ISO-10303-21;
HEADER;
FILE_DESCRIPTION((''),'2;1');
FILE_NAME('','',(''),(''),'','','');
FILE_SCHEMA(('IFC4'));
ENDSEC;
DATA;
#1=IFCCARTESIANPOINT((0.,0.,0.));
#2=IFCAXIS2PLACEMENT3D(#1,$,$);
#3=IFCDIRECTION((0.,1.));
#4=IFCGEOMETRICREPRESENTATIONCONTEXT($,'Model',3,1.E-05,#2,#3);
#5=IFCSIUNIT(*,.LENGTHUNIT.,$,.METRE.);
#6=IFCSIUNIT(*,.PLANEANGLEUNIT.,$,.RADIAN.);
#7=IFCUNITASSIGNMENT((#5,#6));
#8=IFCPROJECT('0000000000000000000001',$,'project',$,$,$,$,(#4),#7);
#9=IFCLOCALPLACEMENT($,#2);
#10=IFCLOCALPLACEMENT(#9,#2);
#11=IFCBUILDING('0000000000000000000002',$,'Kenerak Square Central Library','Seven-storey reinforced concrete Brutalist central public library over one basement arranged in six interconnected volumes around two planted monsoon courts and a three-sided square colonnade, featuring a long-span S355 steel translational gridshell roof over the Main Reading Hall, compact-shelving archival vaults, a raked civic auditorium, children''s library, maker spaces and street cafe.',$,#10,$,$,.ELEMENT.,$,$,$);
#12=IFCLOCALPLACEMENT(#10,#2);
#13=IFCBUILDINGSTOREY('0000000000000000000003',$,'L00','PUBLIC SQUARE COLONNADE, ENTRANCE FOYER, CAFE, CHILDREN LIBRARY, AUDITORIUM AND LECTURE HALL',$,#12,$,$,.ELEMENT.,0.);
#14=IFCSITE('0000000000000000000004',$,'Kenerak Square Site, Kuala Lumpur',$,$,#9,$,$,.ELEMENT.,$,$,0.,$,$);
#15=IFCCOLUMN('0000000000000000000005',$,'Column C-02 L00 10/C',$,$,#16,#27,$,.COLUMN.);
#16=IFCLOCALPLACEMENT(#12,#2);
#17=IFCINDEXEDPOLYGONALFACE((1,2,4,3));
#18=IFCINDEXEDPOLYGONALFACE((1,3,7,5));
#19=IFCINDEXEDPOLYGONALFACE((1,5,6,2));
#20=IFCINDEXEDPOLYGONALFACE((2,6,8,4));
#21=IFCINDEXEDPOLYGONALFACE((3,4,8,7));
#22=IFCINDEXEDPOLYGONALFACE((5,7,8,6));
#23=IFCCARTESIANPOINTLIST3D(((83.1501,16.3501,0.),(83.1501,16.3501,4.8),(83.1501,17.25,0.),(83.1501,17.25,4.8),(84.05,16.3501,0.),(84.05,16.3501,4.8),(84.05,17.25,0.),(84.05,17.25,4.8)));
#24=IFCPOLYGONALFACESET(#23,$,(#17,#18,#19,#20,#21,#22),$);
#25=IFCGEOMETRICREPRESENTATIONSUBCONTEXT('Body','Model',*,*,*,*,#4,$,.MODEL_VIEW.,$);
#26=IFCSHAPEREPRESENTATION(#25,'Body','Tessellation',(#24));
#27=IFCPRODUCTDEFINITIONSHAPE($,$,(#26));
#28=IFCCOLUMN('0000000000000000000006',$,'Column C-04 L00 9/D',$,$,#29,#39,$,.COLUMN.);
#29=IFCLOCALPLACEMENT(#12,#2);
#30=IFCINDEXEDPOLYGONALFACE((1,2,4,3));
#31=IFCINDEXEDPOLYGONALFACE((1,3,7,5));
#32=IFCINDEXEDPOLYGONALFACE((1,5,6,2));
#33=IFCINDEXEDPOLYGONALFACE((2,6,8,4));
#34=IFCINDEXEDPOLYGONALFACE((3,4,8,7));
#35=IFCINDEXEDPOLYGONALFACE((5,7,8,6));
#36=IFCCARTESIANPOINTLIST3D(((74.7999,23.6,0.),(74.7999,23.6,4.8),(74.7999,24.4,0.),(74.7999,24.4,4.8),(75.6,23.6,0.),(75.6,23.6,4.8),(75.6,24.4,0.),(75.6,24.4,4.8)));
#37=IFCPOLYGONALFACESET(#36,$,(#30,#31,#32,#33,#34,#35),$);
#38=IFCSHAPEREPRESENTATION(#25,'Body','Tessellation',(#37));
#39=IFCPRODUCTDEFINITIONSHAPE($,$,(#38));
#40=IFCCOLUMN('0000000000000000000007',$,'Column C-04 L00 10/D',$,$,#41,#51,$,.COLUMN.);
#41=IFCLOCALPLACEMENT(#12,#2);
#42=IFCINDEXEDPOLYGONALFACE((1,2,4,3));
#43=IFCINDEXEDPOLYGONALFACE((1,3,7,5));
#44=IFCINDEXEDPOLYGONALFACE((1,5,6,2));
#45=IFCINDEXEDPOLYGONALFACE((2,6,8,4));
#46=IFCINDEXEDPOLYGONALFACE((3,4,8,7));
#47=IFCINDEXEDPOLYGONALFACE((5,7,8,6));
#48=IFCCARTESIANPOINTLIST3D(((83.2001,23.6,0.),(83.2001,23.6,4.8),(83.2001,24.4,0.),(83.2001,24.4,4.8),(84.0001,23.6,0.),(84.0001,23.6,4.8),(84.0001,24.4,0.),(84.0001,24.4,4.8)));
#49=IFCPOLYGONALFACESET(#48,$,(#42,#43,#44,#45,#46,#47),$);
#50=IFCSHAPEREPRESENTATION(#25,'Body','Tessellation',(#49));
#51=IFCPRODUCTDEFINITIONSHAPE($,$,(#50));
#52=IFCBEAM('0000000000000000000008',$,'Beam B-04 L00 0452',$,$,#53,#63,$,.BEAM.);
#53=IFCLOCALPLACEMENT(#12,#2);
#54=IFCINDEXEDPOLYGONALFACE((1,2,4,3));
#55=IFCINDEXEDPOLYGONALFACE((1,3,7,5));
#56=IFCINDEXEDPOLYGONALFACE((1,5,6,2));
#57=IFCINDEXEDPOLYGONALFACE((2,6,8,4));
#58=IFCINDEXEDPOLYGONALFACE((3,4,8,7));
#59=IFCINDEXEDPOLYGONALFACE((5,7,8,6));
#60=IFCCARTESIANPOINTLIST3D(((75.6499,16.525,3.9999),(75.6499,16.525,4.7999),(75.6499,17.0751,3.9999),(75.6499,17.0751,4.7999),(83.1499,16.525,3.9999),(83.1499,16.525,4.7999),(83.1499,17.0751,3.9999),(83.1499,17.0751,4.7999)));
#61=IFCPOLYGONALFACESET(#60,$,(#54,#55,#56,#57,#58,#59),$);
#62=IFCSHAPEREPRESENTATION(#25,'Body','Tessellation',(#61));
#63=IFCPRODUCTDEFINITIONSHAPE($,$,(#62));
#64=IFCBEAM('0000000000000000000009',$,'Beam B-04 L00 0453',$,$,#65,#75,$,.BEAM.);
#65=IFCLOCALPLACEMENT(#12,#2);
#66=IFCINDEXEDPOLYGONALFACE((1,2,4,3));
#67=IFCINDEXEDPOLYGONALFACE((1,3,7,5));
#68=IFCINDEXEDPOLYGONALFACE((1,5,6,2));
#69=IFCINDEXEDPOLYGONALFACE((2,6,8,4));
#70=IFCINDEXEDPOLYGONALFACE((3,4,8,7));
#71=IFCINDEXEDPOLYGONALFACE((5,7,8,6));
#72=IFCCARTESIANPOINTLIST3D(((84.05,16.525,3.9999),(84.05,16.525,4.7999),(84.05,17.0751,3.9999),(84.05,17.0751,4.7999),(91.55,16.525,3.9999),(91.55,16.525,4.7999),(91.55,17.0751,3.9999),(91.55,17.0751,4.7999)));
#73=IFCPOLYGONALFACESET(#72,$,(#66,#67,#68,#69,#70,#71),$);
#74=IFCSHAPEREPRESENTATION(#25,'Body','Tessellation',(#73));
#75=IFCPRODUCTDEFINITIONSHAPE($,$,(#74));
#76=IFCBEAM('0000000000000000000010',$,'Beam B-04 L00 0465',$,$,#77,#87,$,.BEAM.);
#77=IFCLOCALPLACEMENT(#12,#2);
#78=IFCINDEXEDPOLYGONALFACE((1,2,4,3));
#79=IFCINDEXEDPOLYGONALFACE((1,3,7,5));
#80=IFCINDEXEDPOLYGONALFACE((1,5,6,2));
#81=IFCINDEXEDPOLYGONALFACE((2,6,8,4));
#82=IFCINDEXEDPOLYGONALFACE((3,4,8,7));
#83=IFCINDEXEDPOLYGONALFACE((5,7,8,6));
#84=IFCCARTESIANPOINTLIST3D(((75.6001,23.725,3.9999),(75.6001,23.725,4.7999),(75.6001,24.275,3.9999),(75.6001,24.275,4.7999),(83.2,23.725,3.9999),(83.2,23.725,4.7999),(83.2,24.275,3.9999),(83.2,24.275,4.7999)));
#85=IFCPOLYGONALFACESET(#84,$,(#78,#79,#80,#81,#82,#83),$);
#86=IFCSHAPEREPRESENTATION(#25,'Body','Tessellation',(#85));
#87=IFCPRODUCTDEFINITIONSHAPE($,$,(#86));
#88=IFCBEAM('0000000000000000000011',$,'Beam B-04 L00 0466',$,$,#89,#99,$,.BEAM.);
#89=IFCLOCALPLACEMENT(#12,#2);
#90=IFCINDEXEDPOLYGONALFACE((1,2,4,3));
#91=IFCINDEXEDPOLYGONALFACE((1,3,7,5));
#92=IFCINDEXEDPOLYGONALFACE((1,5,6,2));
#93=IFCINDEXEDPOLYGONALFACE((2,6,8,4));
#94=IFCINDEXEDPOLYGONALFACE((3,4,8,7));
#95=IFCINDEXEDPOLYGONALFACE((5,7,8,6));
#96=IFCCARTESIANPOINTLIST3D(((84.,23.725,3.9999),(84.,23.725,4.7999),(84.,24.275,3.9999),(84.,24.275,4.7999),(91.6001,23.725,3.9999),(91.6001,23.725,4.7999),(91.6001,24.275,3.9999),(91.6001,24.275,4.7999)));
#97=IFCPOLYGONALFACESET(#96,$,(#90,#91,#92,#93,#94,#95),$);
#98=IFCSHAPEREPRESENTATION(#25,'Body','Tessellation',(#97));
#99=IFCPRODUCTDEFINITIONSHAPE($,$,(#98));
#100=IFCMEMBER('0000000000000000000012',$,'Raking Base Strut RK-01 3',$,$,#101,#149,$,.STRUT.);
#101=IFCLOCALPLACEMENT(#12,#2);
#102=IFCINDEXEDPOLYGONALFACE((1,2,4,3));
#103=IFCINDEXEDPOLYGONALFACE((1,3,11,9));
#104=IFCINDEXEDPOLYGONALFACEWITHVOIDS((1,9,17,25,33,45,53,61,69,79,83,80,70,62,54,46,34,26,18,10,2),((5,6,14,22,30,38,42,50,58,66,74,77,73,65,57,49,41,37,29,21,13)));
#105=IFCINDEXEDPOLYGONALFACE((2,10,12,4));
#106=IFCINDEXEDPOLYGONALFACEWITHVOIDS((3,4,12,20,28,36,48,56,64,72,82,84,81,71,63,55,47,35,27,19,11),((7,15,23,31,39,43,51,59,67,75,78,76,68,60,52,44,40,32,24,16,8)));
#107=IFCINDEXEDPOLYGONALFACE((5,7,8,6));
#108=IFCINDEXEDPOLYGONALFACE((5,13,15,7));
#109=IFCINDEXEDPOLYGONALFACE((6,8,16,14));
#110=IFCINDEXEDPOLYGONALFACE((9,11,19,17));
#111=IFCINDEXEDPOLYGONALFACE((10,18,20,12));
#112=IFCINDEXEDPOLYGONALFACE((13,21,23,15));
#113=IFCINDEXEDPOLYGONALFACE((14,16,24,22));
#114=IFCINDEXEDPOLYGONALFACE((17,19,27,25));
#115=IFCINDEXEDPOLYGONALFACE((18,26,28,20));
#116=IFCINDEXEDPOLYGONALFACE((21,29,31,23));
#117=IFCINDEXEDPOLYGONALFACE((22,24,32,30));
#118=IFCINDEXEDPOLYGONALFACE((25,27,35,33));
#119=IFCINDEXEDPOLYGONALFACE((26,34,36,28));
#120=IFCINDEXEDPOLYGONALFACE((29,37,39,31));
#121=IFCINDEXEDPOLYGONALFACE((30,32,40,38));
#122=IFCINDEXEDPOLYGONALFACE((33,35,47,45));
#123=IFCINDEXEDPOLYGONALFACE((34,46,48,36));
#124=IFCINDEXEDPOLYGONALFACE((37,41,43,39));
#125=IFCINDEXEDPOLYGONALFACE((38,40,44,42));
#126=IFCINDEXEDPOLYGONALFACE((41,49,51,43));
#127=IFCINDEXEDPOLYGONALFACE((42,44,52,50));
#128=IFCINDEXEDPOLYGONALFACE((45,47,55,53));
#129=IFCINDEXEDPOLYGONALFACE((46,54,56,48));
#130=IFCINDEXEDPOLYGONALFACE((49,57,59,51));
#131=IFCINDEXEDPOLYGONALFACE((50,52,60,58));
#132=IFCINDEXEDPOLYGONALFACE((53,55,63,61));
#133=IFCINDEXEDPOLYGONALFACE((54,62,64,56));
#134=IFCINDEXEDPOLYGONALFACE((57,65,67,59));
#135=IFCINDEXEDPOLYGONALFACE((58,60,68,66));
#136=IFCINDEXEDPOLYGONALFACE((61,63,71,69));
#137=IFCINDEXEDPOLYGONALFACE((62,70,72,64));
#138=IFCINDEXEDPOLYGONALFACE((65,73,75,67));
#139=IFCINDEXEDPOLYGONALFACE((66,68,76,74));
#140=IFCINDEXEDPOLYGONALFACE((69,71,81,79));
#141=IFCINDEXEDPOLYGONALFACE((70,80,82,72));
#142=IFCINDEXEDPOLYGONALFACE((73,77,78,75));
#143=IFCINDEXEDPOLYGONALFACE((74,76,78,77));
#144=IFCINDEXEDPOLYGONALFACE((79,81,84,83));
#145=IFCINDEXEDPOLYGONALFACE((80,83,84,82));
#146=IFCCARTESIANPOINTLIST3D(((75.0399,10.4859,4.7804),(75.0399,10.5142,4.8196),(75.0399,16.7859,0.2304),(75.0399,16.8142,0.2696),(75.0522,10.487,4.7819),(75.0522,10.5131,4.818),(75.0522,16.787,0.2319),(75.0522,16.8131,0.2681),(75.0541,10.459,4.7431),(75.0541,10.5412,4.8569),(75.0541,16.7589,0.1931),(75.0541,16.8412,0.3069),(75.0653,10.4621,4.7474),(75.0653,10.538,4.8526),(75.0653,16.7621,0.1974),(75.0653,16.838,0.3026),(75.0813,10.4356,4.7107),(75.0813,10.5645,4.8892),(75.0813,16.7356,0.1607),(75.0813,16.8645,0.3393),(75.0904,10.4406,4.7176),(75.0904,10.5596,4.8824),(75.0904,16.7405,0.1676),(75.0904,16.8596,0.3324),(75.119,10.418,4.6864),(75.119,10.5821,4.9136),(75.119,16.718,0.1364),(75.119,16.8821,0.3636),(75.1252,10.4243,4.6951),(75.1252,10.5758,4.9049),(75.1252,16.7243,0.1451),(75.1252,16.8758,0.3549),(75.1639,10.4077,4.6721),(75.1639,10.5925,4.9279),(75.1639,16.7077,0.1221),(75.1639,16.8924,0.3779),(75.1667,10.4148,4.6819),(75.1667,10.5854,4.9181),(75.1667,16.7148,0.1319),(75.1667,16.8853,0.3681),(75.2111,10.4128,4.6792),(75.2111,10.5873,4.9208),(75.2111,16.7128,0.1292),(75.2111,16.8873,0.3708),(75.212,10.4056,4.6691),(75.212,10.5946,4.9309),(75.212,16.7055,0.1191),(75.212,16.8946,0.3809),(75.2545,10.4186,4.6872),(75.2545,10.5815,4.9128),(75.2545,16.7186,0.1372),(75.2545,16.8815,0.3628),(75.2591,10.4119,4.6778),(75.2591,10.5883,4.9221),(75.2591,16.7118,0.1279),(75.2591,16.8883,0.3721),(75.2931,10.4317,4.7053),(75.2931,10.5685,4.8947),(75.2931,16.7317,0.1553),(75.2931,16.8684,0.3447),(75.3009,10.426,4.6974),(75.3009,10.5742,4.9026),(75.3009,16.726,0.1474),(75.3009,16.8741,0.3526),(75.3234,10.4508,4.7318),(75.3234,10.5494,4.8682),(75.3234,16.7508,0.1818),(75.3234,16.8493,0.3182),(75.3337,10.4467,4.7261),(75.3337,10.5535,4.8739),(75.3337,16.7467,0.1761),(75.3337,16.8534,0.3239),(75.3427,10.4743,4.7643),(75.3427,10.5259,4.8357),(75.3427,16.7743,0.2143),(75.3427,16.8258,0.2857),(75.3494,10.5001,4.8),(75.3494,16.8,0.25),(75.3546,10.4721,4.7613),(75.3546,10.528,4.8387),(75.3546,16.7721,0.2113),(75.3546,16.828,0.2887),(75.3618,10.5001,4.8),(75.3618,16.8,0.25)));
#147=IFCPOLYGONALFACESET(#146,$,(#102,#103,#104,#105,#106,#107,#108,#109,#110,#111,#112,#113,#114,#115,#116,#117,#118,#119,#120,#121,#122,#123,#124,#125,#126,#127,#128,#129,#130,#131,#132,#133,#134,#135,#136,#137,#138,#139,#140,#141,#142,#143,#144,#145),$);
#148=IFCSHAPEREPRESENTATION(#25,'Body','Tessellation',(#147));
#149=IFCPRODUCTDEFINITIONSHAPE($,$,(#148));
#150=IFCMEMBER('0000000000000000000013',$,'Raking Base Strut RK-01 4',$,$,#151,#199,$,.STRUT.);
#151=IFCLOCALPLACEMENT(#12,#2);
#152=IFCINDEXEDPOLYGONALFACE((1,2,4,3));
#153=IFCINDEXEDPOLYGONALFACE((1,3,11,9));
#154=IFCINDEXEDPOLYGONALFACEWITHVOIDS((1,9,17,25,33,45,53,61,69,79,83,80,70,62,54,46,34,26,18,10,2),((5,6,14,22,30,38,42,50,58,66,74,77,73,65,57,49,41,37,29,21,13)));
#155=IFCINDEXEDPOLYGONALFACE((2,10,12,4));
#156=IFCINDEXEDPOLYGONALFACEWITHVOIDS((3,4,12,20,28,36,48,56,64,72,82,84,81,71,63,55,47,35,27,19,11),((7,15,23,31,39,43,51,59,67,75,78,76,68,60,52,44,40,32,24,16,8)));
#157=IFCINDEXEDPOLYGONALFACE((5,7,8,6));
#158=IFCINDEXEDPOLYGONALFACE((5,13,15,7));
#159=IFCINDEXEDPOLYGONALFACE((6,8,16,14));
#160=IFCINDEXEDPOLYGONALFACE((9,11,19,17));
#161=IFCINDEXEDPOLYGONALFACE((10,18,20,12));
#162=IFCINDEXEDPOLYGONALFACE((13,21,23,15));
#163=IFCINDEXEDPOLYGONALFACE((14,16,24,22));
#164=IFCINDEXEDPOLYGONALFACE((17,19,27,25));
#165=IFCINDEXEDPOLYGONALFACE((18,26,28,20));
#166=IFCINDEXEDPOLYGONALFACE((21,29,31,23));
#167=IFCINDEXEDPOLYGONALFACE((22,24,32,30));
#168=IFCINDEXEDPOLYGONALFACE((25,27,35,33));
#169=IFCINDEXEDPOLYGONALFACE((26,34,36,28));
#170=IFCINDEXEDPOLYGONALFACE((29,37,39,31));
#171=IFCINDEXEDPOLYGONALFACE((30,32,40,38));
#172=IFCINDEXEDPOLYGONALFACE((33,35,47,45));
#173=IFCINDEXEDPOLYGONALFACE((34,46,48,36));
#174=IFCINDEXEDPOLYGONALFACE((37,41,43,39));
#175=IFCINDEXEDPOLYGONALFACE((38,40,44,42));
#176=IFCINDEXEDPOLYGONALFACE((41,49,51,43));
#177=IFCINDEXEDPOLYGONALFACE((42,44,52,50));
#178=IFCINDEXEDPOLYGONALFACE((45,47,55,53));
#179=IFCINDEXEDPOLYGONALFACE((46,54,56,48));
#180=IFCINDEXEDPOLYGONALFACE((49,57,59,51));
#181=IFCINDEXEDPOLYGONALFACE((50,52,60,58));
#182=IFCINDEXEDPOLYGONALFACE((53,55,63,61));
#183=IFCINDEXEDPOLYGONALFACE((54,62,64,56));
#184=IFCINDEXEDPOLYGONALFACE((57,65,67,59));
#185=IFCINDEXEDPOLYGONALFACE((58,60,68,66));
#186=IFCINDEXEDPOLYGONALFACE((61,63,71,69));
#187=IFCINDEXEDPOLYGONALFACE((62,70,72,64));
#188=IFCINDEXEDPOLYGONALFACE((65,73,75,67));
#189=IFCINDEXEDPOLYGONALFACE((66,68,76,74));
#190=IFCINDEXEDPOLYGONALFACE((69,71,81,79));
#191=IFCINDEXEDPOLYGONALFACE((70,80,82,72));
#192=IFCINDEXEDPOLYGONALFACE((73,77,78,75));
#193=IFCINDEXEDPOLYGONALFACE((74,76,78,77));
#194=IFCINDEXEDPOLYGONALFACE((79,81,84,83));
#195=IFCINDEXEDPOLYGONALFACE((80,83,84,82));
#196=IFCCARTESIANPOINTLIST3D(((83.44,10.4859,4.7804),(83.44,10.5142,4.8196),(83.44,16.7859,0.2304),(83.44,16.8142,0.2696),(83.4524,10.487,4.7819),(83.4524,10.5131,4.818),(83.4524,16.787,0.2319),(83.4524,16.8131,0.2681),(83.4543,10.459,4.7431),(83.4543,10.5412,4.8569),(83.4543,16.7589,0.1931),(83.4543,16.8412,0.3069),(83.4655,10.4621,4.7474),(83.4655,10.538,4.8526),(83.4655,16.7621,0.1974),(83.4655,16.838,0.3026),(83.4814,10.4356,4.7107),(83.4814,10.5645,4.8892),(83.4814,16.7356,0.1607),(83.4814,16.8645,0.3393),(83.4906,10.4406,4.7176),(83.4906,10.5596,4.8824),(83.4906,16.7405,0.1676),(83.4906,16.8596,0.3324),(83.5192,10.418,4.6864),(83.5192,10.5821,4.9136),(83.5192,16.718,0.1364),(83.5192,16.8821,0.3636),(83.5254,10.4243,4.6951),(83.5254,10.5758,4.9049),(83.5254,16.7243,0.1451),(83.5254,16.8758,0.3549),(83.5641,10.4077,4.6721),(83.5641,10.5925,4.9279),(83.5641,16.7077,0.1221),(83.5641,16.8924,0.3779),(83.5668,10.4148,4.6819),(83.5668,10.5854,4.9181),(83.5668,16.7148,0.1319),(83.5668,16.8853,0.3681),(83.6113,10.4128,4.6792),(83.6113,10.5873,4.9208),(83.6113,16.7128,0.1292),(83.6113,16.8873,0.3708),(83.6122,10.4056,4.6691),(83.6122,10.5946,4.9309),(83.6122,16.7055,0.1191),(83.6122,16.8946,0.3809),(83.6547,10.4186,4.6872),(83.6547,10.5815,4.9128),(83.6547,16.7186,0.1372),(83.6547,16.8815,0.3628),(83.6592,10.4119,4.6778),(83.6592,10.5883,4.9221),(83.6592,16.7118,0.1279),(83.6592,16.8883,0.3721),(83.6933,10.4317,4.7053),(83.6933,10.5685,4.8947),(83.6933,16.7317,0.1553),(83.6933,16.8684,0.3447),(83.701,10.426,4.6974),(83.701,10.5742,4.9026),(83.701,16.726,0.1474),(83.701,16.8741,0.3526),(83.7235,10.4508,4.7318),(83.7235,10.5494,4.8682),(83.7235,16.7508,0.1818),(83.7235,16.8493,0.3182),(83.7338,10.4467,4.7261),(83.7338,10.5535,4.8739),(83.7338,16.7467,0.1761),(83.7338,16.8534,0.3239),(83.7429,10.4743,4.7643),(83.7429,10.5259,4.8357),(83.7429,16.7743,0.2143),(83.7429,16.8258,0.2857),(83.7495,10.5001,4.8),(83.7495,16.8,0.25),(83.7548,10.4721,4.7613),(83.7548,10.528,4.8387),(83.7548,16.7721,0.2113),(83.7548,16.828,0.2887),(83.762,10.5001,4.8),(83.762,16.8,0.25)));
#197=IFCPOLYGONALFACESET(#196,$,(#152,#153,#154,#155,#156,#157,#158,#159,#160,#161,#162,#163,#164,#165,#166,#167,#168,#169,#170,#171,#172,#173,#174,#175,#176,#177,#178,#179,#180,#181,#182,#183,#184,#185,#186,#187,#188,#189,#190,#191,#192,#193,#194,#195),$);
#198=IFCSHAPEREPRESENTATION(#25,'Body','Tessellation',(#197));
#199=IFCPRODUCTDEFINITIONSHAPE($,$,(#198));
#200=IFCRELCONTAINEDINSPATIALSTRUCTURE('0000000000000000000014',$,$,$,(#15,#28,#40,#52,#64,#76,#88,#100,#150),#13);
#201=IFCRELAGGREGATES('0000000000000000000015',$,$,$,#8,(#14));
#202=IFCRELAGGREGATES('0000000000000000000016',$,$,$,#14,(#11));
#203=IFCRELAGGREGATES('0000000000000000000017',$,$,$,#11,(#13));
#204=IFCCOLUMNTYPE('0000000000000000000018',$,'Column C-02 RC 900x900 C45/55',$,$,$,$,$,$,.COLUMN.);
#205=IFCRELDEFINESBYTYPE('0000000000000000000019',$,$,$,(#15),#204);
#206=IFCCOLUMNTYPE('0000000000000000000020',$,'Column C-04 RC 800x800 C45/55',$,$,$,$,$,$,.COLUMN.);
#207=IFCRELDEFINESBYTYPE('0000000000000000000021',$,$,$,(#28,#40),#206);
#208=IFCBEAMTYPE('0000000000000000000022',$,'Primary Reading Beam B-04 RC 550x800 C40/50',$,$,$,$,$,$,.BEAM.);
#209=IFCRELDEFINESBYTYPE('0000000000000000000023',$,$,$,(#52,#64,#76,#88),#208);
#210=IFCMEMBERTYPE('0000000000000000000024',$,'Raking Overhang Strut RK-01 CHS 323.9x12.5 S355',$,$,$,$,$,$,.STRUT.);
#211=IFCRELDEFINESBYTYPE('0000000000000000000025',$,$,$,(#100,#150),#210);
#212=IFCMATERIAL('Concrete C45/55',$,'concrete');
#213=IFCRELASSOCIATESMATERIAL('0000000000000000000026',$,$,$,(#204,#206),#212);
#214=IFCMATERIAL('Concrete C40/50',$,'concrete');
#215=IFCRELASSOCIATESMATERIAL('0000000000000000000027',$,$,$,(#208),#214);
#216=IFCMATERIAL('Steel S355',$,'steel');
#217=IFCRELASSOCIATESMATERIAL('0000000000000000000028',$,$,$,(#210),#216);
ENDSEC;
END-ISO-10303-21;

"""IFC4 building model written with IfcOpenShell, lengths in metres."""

from ifc_helpers import new_model, si_unit, direction, frame, origin, origin_2d, place, context, subcontext, project, spatial, rectangle, hollow_circle, extrude, material, material_profile, profile_set, type_object, element, save


model = new_model("IFC4")

# Units and contexts
model_context = context("Model", 3, precision=1e-05, world=origin(), true_north=direction((0.0, 1.0)))
body_context = subcontext(model_context, "Body", "Model", "MODEL_VIEW")
ifc_project = project(units=[si_unit("LENGTHUNIT", "METRE"), si_unit("PLANEANGLEUNIT", "RADIAN")], contexts=[model_context])

# Site, building, storey
site_placement = place(None, origin())
site = spatial("IfcSite", under=ifc_project, at=site_placement, Name="Kenerak Square Site, Kuala Lumpur", CompositionType="ELEMENT", RefElevation=0.0)
building_placement = place(site_placement, origin())
building = spatial("IfcBuilding", under=site, at=building_placement, Name="Kenerak Square Central Library", Description="Seven-storey reinforced concrete Brutalist central public library over one basement arranged in six interconnected volumes around two planted monsoon courts and a three-sided square colonnade, featuring a long-span S355 steel translational gridshell roof over the Main Reading Hall, compact-shelving archival vaults, a raked civic auditorium, children's library, maker spaces and street cafe.", CompositionType="ELEMENT")
storey_placement = place(building_placement, origin())
storey = spatial("IfcBuildingStorey", under=building, at=storey_placement, Name="L00", Description="PUBLIC SQUARE COLONNADE, ENTRANCE FOYER, CAFE, CHILDREN LIBRARY, AUDITORIUM AND LECTURE HALL", CompositionType="ELEMENT", Elevation=0.0)

# Columns
ifc_material_1 = material(Name="Concrete C45/55", Category="concrete")
ifc_material_profile_1 = material_profile(ifc_material_1, rectangle(XDim=0.8999, YDim=0.8999, at=origin_2d()), Name="RC 900x900")
ifc_profile_set_1 = profile_set([ifc_material_profile_1], Name="Concrete C45/55")
column_type_1 = type_object("IfcColumnType", Name="Column C-02 RC 900x900 C45/55", PredefinedType="COLUMN", material=ifc_profile_set_1)
column_placement = place(storey_placement, frame((83.6001, 16.8, 0.0), z_axis=(0.0, 0.0, 1.0), x_axis=(1.0, 0.0, 0.0)))
element("IfcColumn", 1, at=column_placement, inside=storey, type_object=column_type_1, Name="Column C-02 L00 10/C", PredefinedType="COLUMN", context=body_context, shape_type="SweptSolid", body=[
    extrude(rectangle(XDim=0.8999, YDim=0.8999, at=origin_2d()), origin(), (0.0, 0.0, 1.0), 4.8),
])
ifc_material_profile_2 = material_profile(ifc_material_1, rectangle(XDim=0.8, YDim=0.8, at=origin_2d()), Name="RC 800x800")
ifc_profile_set_2 = profile_set([ifc_material_profile_2], Name="Concrete C45/55")
column_type_2 = type_object("IfcColumnType", Name="Column C-04 RC 800x800 C45/55", PredefinedType="COLUMN", material=ifc_profile_set_2)
for number, where, z_axis, x_axis, name in (
    (2, (75.2, 24.0, 0.0), (0.0, 0.0, 1.0), (1.0, 0.0, 0.0), "Column C-04 L00 9/D"),
    (3, (83.6001, 24.0, 0.0), (0.0, 0.0, 1.0), (1.0, 0.0, 0.0), "Column C-04 L00 10/D"),
):
    element("IfcColumn", number, at=place(storey_placement, frame(where, z_axis=z_axis, x_axis=x_axis)), inside=storey, type_object=column_type_2, Name=name, PredefinedType="COLUMN", context=body_context, shape_type="SweptSolid", body=[
        extrude(rectangle(XDim=0.8, YDim=0.8, at=origin_2d()), origin(), (0.0, 0.0, 1.0), 4.8),
    ])

# Beams
ifc_material_2 = material(Name="Concrete C40/50", Category="concrete")
ifc_material_profile_3 = material_profile(ifc_material_2, rectangle(XDim=0.55, YDim=0.8, at=origin_2d()), Name="RC 550x800")
ifc_profile_set_3 = profile_set([ifc_material_profile_3], Name="Concrete C40/50")
beam_type_1 = type_object("IfcBeamType", Name="Primary Reading Beam B-04 RC 550x800 C40/50", PredefinedType="BEAM", material=ifc_profile_set_3)
for number, where, z_axis, x_axis, name in (
    (4, (75.6499, 16.8, 4.3999), (1.0, 0.0, 0.0), (0.0, 1.0, 0.0), "Beam B-04 L00 0452"),
    (5, (84.05, 16.8, 4.3999), (1.0, 0.0, 0.0), (0.0, 1.0, 0.0), "Beam B-04 L00 0453"),
):
    element("IfcBeam", number, at=place(storey_placement, frame(where, z_axis=z_axis, x_axis=x_axis)), inside=storey, type_object=beam_type_1, Name=name, PredefinedType="BEAM", context=body_context, shape_type="SweptSolid", body=[
        extrude(rectangle(XDim=0.55, YDim=0.8, at=origin_2d()), origin(), (0.0, 0.0, 1.0), 7.5),
    ])
beam_1_placement = place(storey_placement, frame((75.6001, 24.0, 4.3999), z_axis=(1.0, 0.0, 0.0), x_axis=(0.0, 1.0, 0.0)))
element("IfcBeam", 6, at=beam_1_placement, inside=storey, type_object=beam_type_1, Name="Beam B-04 L00 0465", PredefinedType="BEAM", context=body_context, shape_type="SweptSolid", body=[
    extrude(rectangle(XDim=0.55, YDim=0.8, at=origin_2d()), origin(), (0.0, 0.0, 1.0), 7.5999),
])
beam_2_placement = place(storey_placement, frame((84.0, 24.0, 4.3999), z_axis=(1.0, 0.0, 0.0), x_axis=(0.0, 1.0, 0.0)))
element("IfcBeam", 7, at=beam_2_placement, inside=storey, type_object=beam_type_1, Name="Beam B-04 L00 0466", PredefinedType="BEAM", context=body_context, shape_type="SweptSolid", body=[
    extrude(rectangle(XDim=0.55, YDim=0.8, at=origin_2d()), origin(), (0.0, 0.0, 1.0), 7.6001),
])

# Members
ifc_material_3 = material(Name="Steel S355", Category="steel")
ifc_material_profile_4 = material_profile(ifc_material_3, hollow_circle(Radius=0.1619, WallThickness=0.0125, at=origin_2d()), Name="CHS 323.9x12.5")
ifc_profile_set_4 = profile_set([ifc_material_profile_4], Name="Steel S355")
member_type = type_object("IfcMemberType", Name="Raking Overhang Strut RK-01 CHS 323.9x12.5 S355", PredefinedType="STRUT", material=ifc_profile_set_4)
for number, where, z_axis, x_axis, name in (
    (8, (75.2, 16.8, 0.25), (0.0, -0.810678, 0.585492), (1.0, 0.0, 0.0), "Raking Base Strut RK-01 3"),
    (9, (83.6001, 16.8, 0.25), (0.0, -0.810678, 0.585492), (1.0, 0.0, 0.0), "Raking Base Strut RK-01 4"),
):
    element("IfcMember", number, at=place(storey_placement, frame(where, z_axis=z_axis, x_axis=x_axis)), inside=storey, type_object=member_type, Name=name, PredefinedType="STRUT", context=body_context, shape_type="SweptSolid", body=[
        extrude(hollow_circle(Radius=0.1619, WallThickness=0.0125, at=origin_2d()), origin(), (0.0, 0.0, 1.0), 7.7712),
    ])

save(model, "model.ifc")
